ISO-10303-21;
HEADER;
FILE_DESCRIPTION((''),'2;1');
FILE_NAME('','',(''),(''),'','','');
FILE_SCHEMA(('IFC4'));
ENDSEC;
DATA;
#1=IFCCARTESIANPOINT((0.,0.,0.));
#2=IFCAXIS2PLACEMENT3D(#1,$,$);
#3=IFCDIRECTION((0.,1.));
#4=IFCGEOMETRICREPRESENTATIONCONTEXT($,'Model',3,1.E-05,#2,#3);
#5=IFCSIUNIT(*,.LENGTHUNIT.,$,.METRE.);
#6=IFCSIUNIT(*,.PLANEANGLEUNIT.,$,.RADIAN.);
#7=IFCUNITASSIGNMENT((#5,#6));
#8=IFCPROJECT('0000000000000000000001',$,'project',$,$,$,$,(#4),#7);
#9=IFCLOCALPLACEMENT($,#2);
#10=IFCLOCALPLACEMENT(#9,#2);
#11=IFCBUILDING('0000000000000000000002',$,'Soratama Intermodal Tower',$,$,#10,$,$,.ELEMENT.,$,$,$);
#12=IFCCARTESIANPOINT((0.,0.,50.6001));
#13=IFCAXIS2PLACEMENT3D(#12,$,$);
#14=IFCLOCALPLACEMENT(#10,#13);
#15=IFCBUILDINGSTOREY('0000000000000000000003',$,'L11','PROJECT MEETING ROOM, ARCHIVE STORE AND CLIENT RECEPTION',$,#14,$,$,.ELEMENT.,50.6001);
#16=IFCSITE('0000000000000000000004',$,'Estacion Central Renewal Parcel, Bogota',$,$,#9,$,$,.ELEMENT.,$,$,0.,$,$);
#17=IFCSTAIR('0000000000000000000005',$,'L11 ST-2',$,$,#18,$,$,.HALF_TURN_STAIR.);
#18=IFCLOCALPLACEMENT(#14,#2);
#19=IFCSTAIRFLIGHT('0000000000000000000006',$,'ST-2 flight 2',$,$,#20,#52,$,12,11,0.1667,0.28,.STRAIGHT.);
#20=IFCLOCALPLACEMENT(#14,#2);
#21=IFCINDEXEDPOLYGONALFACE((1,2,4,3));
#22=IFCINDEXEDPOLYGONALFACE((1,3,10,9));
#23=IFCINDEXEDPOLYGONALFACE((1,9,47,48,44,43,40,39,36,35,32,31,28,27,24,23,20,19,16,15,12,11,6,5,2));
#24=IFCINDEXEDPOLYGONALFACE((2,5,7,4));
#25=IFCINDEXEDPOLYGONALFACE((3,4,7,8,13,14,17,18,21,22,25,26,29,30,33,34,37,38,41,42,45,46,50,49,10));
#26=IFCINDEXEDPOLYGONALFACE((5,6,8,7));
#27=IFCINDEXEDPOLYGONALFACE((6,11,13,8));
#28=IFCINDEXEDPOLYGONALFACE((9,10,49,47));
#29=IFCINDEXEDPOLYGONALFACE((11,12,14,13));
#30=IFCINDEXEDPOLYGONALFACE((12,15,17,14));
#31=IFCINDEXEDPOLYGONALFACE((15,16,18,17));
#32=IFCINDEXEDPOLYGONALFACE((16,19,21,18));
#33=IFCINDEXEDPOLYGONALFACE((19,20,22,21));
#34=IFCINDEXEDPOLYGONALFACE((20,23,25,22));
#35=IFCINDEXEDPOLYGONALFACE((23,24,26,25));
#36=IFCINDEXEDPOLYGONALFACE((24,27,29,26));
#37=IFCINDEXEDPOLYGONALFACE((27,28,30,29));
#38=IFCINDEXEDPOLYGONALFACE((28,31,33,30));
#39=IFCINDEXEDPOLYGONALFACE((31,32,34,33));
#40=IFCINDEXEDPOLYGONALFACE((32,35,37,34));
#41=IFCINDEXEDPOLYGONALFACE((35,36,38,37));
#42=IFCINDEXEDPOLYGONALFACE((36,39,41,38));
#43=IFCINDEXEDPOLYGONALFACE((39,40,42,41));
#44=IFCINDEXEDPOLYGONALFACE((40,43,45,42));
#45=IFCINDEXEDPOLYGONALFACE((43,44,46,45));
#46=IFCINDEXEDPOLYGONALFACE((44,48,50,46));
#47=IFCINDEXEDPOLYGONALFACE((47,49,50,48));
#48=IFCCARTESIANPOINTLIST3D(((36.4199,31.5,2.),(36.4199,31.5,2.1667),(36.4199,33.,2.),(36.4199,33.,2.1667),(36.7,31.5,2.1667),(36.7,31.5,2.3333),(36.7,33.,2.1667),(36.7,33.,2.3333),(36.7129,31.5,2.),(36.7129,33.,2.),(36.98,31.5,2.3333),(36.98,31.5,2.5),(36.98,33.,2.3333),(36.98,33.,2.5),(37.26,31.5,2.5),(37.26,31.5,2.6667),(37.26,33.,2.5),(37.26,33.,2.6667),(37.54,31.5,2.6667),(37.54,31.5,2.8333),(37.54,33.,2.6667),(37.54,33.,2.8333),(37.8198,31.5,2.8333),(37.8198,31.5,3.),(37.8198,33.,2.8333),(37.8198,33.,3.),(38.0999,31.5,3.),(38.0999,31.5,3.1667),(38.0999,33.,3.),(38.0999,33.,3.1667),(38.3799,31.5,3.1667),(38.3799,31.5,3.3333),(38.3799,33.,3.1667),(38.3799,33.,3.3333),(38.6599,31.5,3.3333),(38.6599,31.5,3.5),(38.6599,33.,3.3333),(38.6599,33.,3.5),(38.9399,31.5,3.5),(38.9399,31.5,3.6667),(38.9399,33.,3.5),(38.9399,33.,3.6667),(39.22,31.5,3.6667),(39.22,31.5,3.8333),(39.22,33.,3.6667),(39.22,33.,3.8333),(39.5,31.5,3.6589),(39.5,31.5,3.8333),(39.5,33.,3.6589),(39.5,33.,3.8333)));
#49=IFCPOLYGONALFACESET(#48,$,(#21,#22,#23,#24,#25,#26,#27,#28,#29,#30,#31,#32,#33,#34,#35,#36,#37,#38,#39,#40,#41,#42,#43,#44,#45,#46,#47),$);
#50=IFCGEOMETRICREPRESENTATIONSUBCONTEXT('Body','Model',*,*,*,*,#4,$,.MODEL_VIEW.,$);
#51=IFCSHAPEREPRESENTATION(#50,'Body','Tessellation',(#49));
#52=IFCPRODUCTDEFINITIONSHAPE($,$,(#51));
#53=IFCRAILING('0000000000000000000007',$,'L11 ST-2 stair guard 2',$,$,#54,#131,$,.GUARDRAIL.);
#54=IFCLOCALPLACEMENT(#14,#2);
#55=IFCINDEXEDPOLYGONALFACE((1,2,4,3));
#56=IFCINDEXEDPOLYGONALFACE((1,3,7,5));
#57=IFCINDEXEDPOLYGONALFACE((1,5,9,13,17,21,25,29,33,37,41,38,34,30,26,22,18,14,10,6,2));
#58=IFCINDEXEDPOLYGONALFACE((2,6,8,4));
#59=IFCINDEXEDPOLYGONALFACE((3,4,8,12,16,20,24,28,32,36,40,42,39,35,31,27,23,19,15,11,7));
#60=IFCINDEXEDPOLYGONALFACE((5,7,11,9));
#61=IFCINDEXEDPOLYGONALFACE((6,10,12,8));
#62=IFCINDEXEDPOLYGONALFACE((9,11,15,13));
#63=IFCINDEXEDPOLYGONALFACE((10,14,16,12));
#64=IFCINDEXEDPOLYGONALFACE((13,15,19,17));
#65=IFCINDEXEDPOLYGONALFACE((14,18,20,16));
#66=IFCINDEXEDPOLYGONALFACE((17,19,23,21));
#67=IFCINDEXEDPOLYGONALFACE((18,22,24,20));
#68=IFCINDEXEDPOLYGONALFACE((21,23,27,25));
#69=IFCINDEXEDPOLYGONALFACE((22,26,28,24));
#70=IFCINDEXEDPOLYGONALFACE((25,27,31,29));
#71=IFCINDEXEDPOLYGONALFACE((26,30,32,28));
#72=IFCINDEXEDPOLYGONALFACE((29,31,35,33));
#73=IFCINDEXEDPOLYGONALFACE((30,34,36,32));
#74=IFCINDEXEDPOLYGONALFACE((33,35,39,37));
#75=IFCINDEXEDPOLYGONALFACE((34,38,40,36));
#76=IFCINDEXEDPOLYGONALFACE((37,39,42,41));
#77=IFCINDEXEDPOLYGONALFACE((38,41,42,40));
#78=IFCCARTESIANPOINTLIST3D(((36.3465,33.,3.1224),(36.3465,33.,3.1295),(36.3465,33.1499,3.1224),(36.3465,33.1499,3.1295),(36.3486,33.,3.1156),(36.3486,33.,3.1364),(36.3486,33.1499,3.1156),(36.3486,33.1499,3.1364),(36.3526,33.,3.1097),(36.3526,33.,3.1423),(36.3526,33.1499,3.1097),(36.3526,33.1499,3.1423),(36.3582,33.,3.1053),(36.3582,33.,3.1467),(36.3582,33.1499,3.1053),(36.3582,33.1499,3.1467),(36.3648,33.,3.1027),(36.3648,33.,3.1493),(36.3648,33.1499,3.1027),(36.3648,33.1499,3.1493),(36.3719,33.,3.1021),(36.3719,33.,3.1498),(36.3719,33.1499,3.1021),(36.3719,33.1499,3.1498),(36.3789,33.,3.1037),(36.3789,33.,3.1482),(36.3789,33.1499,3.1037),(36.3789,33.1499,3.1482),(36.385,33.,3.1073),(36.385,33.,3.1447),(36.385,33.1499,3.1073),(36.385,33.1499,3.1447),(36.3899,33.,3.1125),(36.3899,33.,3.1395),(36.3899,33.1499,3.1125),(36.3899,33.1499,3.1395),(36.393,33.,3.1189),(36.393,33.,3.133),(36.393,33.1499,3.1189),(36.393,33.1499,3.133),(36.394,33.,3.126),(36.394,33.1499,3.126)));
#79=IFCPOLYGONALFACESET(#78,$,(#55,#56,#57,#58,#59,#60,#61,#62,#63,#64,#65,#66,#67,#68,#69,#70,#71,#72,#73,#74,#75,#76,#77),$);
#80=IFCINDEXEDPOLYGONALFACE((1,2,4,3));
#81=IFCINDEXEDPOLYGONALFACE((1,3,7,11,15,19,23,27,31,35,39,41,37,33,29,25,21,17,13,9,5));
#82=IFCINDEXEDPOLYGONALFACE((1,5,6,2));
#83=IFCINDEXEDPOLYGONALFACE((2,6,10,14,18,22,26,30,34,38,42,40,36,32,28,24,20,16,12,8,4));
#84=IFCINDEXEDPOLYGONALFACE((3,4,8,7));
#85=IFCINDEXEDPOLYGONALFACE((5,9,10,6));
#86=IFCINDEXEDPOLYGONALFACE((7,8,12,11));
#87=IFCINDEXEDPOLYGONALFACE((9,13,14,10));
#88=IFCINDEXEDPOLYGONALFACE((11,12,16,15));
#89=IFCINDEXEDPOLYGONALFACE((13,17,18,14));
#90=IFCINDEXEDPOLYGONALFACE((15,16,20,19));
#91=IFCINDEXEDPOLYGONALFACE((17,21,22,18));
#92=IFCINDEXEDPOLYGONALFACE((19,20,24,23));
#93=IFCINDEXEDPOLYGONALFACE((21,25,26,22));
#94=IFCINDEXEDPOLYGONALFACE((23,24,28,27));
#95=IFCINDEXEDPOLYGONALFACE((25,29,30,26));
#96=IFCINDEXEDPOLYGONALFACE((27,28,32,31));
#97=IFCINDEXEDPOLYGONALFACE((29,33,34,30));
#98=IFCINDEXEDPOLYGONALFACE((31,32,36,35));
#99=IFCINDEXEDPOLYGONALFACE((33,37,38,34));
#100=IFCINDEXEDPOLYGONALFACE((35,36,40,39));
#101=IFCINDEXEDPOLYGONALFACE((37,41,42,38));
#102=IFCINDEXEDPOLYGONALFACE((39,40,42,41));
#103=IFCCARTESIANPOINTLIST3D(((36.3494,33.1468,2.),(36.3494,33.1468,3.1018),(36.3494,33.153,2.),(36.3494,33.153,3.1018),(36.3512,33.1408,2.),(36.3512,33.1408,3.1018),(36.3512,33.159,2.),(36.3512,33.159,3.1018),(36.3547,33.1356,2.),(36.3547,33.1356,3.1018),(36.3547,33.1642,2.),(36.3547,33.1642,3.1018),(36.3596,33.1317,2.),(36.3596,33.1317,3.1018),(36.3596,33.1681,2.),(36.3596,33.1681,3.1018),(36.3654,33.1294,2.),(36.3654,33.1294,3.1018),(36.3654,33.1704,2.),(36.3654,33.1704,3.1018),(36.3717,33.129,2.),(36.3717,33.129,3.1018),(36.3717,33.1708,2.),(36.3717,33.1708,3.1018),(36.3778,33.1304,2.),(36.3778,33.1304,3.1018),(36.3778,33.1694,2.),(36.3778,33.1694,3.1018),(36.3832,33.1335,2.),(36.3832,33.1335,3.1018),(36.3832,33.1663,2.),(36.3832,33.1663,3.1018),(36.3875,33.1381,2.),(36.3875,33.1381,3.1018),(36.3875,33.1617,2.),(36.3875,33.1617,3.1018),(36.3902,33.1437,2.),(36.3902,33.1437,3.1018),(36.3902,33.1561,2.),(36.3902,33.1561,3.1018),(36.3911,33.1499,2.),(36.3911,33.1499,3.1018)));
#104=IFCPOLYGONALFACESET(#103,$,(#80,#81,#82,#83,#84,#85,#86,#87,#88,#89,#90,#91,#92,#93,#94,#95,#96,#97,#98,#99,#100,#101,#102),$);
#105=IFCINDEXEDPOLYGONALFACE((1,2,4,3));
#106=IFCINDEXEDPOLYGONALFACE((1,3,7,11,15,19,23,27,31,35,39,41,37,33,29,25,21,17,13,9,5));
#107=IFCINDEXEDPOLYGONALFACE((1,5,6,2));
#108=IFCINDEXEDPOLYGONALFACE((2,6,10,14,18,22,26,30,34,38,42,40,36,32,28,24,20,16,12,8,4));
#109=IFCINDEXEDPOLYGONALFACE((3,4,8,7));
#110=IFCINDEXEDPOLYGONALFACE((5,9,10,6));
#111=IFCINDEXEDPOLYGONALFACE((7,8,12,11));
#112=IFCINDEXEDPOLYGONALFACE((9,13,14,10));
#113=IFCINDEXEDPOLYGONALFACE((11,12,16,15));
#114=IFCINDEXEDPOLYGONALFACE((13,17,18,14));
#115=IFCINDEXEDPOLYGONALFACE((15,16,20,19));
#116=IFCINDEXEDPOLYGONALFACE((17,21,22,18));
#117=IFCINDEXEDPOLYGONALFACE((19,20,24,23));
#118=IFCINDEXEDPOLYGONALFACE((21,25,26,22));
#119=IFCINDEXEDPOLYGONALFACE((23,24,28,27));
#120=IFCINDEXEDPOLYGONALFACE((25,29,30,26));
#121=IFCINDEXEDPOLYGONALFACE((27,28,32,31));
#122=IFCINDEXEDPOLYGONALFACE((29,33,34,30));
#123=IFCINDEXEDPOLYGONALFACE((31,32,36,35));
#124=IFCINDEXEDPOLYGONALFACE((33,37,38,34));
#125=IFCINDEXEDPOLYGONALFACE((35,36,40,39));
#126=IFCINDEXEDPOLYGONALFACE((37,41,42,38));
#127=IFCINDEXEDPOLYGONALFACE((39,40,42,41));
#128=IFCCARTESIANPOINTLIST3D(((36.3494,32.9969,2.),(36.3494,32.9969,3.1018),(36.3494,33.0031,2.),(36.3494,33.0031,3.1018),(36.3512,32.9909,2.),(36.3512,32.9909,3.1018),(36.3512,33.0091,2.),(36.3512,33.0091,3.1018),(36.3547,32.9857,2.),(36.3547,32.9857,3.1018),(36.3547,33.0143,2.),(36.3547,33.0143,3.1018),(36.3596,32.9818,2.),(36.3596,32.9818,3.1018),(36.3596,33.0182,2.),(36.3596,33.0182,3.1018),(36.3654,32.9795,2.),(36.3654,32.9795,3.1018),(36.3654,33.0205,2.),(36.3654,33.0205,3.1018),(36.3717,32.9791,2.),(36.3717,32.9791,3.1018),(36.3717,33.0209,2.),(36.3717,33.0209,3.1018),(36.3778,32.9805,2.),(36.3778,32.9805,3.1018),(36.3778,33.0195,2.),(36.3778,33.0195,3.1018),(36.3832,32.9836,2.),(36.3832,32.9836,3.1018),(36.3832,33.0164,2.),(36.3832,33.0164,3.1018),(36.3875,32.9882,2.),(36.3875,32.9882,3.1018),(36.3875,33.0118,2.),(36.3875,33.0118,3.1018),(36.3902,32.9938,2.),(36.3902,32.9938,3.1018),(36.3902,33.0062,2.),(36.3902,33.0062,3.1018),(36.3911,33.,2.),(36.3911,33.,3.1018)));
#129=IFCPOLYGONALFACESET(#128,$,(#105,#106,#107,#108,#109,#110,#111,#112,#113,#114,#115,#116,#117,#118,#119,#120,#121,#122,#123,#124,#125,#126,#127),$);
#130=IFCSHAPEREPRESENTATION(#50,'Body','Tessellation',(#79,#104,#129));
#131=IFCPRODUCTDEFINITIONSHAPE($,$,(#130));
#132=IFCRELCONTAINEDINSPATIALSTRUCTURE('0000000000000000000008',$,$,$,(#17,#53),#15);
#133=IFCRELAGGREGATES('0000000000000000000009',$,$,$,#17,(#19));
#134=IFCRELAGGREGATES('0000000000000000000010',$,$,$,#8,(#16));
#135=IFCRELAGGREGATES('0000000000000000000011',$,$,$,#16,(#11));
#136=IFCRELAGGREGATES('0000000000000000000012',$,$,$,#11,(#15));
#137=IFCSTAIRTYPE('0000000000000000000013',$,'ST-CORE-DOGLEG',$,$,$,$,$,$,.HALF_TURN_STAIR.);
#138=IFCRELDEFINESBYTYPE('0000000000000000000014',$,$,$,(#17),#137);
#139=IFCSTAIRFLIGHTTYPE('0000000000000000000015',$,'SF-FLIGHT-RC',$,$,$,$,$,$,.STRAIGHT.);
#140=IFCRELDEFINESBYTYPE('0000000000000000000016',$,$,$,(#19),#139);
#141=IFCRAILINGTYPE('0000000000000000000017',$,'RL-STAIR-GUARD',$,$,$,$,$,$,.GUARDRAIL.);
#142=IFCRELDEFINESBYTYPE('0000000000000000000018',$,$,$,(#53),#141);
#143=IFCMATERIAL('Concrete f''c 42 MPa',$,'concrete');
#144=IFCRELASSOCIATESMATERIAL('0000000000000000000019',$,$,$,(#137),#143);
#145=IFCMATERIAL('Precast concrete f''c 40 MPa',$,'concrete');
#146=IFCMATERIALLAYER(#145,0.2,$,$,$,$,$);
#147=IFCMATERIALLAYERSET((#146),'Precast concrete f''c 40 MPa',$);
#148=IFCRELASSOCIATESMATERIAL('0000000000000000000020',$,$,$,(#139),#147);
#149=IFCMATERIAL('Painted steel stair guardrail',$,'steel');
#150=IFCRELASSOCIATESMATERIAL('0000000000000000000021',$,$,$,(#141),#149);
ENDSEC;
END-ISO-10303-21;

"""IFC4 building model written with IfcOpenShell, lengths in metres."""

from ifc_helpers import new_model, si_unit, direction, frame, origin, origin_2d, place, context, subcontext, project, spatial, polyline, circle, outline, extrude, material, layer, layer_set, type_object, element, aggregate, save


model = new_model("IFC4")

# Units and contexts
model_context = context("Model", 3, precision=1e-05, world=origin(), true_north=direction((0.0, 1.0)))
body_context = subcontext(model_context, "Body", "Model", "MODEL_VIEW")
ifc_project = project(units=[si_unit("LENGTHUNIT", "METRE"), si_unit("PLANEANGLEUNIT", "RADIAN")], contexts=[model_context])

# Site, building, storey
site_placement = place(None, origin())
site = spatial("IfcSite", under=ifc_project, at=site_placement, Name="Estacion Central Renewal Parcel, Bogota", CompositionType="ELEMENT", RefElevation=0.0)
building_placement = place(site_placement, origin())
building = spatial("IfcBuilding", under=site, at=building_placement, Name="Soratama Intermodal Tower", CompositionType="ELEMENT")
storey_placement = place(building_placement, frame((0.0, 0.0, 50.6001)))
storey = spatial("IfcBuildingStorey", under=building, at=storey_placement, Name="L11", Description="PROJECT MEETING ROOM, ARCHIVE STORE AND CLIENT RECEPTION", CompositionType="ELEMENT", Elevation=50.6001)

# Stair, stair flight
ifc_material_1 = material(Name="Concrete f'c 42 MPa", Category="concrete")
stair_type = type_object("IfcStairType", Name="ST-CORE-DOGLEG", PredefinedType="HALF_TURN_STAIR", material=ifc_material_1)
stair_placement = place(storey_placement, origin())
stair = element("IfcStair", 1, at=stair_placement, inside=storey, type_object=stair_type, Name="L11 ST-2", PredefinedType="HALF_TURN_STAIR")
ifc_material_2 = material(Name="Precast concrete f'c 40 MPa", Category="concrete")
ifc_layer_1 = layer(ifc_material_2, 0.2)
ifc_layer_set_1 = layer_set([ifc_layer_1], Name="Precast concrete f'c 40 MPa")
stair_flight_type = type_object("IfcStairFlightType", Name="SF-FLIGHT-RC", PredefinedType="STRAIGHT", material=ifc_layer_set_1)
stair_flight_placement = place(storey_placement, frame((36.4199, 32.25, 2.0), z_axis=(0.0, 0.0, 1.0), x_axis=(1.0, 0.0, 0.0)))
stair_flight = element("IfcStairFlight", 2, at=stair_flight_placement, type_object=stair_flight_type, Name="ST-2 flight 2", NumberOfRisers=12, NumberOfTreads=11, PredefinedType="STRAIGHT", RiserHeight=0.1667, TreadLength=0.28, context=body_context, shape_type="SweptSolid", body=[
    extrude(outline(polyline([(0.0, 0.0), (0.0, 0.1667), (0.28, 0.1667), (0.28, 0.3333), (0.5601, 0.3333), (0.5601, 0.5), (0.8401, 0.5), (0.8401, 0.6667), (1.1201, 0.6667), (1.1201, 0.8333), (1.3999, 0.8333), (1.3999, 1.0), (1.6799, 1.0), (1.6799, 1.1667), (1.96, 1.1667), (1.96, 1.3333), (2.24, 1.3333), (2.24, 1.5), (2.52, 1.5), (2.52, 1.6667), (2.8, 1.6667), (2.8, 1.8333), (3.0801, 1.8333), (3.0801, 2.0), (3.0801, 1.6589), (0.293, 0.0), (0.0, 0.0)])), frame((0.0, 0.75, 0.0), z_axis=(0.0, -1.0, 0.0), x_axis=(1.0, 0.0, 0.0)), (0.0, 0.0, 1.0), 1.5),
])
aggregate(stair, [stair_flight])

# Railing
ifc_material_3 = material(Name="Painted steel stair guardrail", Category="steel")
railing_type_1 = type_object("IfcRailingType", Name="RL-STAIR-GUARD", PredefinedType="GUARDRAIL", material=ifc_material_3)
railing_1_placement = place(storey_placement, frame((36.3701, 33.1499, 2.0)))
element("IfcRailing", 3, at=railing_1_placement, inside=storey, type_object=railing_type_1, Name="L11 ST-2 stair guard 2", PredefinedType="GUARDRAIL", context=body_context, shape_type="SweptSolid", body=[
    extrude(circle(Radius=0.0239, at=origin_2d()), frame((0.0, 0.0, 1.126), z_axis=(0.0, -1.0, 0.0), x_axis=(1.0, 0.0, 0.0)), (0.0, 0.0, 1.0), 0.1499),
    extrude(circle(Radius=0.021, at=origin_2d()), origin(), (0.0, 0.0, 1.0), 1.1018),
    extrude(circle(Radius=0.021, at=origin_2d()), frame((0.0, -0.1499, 0.0)), (0.0, 0.0, 1.0), 1.1018),
])

save(model, "model.ifc")
